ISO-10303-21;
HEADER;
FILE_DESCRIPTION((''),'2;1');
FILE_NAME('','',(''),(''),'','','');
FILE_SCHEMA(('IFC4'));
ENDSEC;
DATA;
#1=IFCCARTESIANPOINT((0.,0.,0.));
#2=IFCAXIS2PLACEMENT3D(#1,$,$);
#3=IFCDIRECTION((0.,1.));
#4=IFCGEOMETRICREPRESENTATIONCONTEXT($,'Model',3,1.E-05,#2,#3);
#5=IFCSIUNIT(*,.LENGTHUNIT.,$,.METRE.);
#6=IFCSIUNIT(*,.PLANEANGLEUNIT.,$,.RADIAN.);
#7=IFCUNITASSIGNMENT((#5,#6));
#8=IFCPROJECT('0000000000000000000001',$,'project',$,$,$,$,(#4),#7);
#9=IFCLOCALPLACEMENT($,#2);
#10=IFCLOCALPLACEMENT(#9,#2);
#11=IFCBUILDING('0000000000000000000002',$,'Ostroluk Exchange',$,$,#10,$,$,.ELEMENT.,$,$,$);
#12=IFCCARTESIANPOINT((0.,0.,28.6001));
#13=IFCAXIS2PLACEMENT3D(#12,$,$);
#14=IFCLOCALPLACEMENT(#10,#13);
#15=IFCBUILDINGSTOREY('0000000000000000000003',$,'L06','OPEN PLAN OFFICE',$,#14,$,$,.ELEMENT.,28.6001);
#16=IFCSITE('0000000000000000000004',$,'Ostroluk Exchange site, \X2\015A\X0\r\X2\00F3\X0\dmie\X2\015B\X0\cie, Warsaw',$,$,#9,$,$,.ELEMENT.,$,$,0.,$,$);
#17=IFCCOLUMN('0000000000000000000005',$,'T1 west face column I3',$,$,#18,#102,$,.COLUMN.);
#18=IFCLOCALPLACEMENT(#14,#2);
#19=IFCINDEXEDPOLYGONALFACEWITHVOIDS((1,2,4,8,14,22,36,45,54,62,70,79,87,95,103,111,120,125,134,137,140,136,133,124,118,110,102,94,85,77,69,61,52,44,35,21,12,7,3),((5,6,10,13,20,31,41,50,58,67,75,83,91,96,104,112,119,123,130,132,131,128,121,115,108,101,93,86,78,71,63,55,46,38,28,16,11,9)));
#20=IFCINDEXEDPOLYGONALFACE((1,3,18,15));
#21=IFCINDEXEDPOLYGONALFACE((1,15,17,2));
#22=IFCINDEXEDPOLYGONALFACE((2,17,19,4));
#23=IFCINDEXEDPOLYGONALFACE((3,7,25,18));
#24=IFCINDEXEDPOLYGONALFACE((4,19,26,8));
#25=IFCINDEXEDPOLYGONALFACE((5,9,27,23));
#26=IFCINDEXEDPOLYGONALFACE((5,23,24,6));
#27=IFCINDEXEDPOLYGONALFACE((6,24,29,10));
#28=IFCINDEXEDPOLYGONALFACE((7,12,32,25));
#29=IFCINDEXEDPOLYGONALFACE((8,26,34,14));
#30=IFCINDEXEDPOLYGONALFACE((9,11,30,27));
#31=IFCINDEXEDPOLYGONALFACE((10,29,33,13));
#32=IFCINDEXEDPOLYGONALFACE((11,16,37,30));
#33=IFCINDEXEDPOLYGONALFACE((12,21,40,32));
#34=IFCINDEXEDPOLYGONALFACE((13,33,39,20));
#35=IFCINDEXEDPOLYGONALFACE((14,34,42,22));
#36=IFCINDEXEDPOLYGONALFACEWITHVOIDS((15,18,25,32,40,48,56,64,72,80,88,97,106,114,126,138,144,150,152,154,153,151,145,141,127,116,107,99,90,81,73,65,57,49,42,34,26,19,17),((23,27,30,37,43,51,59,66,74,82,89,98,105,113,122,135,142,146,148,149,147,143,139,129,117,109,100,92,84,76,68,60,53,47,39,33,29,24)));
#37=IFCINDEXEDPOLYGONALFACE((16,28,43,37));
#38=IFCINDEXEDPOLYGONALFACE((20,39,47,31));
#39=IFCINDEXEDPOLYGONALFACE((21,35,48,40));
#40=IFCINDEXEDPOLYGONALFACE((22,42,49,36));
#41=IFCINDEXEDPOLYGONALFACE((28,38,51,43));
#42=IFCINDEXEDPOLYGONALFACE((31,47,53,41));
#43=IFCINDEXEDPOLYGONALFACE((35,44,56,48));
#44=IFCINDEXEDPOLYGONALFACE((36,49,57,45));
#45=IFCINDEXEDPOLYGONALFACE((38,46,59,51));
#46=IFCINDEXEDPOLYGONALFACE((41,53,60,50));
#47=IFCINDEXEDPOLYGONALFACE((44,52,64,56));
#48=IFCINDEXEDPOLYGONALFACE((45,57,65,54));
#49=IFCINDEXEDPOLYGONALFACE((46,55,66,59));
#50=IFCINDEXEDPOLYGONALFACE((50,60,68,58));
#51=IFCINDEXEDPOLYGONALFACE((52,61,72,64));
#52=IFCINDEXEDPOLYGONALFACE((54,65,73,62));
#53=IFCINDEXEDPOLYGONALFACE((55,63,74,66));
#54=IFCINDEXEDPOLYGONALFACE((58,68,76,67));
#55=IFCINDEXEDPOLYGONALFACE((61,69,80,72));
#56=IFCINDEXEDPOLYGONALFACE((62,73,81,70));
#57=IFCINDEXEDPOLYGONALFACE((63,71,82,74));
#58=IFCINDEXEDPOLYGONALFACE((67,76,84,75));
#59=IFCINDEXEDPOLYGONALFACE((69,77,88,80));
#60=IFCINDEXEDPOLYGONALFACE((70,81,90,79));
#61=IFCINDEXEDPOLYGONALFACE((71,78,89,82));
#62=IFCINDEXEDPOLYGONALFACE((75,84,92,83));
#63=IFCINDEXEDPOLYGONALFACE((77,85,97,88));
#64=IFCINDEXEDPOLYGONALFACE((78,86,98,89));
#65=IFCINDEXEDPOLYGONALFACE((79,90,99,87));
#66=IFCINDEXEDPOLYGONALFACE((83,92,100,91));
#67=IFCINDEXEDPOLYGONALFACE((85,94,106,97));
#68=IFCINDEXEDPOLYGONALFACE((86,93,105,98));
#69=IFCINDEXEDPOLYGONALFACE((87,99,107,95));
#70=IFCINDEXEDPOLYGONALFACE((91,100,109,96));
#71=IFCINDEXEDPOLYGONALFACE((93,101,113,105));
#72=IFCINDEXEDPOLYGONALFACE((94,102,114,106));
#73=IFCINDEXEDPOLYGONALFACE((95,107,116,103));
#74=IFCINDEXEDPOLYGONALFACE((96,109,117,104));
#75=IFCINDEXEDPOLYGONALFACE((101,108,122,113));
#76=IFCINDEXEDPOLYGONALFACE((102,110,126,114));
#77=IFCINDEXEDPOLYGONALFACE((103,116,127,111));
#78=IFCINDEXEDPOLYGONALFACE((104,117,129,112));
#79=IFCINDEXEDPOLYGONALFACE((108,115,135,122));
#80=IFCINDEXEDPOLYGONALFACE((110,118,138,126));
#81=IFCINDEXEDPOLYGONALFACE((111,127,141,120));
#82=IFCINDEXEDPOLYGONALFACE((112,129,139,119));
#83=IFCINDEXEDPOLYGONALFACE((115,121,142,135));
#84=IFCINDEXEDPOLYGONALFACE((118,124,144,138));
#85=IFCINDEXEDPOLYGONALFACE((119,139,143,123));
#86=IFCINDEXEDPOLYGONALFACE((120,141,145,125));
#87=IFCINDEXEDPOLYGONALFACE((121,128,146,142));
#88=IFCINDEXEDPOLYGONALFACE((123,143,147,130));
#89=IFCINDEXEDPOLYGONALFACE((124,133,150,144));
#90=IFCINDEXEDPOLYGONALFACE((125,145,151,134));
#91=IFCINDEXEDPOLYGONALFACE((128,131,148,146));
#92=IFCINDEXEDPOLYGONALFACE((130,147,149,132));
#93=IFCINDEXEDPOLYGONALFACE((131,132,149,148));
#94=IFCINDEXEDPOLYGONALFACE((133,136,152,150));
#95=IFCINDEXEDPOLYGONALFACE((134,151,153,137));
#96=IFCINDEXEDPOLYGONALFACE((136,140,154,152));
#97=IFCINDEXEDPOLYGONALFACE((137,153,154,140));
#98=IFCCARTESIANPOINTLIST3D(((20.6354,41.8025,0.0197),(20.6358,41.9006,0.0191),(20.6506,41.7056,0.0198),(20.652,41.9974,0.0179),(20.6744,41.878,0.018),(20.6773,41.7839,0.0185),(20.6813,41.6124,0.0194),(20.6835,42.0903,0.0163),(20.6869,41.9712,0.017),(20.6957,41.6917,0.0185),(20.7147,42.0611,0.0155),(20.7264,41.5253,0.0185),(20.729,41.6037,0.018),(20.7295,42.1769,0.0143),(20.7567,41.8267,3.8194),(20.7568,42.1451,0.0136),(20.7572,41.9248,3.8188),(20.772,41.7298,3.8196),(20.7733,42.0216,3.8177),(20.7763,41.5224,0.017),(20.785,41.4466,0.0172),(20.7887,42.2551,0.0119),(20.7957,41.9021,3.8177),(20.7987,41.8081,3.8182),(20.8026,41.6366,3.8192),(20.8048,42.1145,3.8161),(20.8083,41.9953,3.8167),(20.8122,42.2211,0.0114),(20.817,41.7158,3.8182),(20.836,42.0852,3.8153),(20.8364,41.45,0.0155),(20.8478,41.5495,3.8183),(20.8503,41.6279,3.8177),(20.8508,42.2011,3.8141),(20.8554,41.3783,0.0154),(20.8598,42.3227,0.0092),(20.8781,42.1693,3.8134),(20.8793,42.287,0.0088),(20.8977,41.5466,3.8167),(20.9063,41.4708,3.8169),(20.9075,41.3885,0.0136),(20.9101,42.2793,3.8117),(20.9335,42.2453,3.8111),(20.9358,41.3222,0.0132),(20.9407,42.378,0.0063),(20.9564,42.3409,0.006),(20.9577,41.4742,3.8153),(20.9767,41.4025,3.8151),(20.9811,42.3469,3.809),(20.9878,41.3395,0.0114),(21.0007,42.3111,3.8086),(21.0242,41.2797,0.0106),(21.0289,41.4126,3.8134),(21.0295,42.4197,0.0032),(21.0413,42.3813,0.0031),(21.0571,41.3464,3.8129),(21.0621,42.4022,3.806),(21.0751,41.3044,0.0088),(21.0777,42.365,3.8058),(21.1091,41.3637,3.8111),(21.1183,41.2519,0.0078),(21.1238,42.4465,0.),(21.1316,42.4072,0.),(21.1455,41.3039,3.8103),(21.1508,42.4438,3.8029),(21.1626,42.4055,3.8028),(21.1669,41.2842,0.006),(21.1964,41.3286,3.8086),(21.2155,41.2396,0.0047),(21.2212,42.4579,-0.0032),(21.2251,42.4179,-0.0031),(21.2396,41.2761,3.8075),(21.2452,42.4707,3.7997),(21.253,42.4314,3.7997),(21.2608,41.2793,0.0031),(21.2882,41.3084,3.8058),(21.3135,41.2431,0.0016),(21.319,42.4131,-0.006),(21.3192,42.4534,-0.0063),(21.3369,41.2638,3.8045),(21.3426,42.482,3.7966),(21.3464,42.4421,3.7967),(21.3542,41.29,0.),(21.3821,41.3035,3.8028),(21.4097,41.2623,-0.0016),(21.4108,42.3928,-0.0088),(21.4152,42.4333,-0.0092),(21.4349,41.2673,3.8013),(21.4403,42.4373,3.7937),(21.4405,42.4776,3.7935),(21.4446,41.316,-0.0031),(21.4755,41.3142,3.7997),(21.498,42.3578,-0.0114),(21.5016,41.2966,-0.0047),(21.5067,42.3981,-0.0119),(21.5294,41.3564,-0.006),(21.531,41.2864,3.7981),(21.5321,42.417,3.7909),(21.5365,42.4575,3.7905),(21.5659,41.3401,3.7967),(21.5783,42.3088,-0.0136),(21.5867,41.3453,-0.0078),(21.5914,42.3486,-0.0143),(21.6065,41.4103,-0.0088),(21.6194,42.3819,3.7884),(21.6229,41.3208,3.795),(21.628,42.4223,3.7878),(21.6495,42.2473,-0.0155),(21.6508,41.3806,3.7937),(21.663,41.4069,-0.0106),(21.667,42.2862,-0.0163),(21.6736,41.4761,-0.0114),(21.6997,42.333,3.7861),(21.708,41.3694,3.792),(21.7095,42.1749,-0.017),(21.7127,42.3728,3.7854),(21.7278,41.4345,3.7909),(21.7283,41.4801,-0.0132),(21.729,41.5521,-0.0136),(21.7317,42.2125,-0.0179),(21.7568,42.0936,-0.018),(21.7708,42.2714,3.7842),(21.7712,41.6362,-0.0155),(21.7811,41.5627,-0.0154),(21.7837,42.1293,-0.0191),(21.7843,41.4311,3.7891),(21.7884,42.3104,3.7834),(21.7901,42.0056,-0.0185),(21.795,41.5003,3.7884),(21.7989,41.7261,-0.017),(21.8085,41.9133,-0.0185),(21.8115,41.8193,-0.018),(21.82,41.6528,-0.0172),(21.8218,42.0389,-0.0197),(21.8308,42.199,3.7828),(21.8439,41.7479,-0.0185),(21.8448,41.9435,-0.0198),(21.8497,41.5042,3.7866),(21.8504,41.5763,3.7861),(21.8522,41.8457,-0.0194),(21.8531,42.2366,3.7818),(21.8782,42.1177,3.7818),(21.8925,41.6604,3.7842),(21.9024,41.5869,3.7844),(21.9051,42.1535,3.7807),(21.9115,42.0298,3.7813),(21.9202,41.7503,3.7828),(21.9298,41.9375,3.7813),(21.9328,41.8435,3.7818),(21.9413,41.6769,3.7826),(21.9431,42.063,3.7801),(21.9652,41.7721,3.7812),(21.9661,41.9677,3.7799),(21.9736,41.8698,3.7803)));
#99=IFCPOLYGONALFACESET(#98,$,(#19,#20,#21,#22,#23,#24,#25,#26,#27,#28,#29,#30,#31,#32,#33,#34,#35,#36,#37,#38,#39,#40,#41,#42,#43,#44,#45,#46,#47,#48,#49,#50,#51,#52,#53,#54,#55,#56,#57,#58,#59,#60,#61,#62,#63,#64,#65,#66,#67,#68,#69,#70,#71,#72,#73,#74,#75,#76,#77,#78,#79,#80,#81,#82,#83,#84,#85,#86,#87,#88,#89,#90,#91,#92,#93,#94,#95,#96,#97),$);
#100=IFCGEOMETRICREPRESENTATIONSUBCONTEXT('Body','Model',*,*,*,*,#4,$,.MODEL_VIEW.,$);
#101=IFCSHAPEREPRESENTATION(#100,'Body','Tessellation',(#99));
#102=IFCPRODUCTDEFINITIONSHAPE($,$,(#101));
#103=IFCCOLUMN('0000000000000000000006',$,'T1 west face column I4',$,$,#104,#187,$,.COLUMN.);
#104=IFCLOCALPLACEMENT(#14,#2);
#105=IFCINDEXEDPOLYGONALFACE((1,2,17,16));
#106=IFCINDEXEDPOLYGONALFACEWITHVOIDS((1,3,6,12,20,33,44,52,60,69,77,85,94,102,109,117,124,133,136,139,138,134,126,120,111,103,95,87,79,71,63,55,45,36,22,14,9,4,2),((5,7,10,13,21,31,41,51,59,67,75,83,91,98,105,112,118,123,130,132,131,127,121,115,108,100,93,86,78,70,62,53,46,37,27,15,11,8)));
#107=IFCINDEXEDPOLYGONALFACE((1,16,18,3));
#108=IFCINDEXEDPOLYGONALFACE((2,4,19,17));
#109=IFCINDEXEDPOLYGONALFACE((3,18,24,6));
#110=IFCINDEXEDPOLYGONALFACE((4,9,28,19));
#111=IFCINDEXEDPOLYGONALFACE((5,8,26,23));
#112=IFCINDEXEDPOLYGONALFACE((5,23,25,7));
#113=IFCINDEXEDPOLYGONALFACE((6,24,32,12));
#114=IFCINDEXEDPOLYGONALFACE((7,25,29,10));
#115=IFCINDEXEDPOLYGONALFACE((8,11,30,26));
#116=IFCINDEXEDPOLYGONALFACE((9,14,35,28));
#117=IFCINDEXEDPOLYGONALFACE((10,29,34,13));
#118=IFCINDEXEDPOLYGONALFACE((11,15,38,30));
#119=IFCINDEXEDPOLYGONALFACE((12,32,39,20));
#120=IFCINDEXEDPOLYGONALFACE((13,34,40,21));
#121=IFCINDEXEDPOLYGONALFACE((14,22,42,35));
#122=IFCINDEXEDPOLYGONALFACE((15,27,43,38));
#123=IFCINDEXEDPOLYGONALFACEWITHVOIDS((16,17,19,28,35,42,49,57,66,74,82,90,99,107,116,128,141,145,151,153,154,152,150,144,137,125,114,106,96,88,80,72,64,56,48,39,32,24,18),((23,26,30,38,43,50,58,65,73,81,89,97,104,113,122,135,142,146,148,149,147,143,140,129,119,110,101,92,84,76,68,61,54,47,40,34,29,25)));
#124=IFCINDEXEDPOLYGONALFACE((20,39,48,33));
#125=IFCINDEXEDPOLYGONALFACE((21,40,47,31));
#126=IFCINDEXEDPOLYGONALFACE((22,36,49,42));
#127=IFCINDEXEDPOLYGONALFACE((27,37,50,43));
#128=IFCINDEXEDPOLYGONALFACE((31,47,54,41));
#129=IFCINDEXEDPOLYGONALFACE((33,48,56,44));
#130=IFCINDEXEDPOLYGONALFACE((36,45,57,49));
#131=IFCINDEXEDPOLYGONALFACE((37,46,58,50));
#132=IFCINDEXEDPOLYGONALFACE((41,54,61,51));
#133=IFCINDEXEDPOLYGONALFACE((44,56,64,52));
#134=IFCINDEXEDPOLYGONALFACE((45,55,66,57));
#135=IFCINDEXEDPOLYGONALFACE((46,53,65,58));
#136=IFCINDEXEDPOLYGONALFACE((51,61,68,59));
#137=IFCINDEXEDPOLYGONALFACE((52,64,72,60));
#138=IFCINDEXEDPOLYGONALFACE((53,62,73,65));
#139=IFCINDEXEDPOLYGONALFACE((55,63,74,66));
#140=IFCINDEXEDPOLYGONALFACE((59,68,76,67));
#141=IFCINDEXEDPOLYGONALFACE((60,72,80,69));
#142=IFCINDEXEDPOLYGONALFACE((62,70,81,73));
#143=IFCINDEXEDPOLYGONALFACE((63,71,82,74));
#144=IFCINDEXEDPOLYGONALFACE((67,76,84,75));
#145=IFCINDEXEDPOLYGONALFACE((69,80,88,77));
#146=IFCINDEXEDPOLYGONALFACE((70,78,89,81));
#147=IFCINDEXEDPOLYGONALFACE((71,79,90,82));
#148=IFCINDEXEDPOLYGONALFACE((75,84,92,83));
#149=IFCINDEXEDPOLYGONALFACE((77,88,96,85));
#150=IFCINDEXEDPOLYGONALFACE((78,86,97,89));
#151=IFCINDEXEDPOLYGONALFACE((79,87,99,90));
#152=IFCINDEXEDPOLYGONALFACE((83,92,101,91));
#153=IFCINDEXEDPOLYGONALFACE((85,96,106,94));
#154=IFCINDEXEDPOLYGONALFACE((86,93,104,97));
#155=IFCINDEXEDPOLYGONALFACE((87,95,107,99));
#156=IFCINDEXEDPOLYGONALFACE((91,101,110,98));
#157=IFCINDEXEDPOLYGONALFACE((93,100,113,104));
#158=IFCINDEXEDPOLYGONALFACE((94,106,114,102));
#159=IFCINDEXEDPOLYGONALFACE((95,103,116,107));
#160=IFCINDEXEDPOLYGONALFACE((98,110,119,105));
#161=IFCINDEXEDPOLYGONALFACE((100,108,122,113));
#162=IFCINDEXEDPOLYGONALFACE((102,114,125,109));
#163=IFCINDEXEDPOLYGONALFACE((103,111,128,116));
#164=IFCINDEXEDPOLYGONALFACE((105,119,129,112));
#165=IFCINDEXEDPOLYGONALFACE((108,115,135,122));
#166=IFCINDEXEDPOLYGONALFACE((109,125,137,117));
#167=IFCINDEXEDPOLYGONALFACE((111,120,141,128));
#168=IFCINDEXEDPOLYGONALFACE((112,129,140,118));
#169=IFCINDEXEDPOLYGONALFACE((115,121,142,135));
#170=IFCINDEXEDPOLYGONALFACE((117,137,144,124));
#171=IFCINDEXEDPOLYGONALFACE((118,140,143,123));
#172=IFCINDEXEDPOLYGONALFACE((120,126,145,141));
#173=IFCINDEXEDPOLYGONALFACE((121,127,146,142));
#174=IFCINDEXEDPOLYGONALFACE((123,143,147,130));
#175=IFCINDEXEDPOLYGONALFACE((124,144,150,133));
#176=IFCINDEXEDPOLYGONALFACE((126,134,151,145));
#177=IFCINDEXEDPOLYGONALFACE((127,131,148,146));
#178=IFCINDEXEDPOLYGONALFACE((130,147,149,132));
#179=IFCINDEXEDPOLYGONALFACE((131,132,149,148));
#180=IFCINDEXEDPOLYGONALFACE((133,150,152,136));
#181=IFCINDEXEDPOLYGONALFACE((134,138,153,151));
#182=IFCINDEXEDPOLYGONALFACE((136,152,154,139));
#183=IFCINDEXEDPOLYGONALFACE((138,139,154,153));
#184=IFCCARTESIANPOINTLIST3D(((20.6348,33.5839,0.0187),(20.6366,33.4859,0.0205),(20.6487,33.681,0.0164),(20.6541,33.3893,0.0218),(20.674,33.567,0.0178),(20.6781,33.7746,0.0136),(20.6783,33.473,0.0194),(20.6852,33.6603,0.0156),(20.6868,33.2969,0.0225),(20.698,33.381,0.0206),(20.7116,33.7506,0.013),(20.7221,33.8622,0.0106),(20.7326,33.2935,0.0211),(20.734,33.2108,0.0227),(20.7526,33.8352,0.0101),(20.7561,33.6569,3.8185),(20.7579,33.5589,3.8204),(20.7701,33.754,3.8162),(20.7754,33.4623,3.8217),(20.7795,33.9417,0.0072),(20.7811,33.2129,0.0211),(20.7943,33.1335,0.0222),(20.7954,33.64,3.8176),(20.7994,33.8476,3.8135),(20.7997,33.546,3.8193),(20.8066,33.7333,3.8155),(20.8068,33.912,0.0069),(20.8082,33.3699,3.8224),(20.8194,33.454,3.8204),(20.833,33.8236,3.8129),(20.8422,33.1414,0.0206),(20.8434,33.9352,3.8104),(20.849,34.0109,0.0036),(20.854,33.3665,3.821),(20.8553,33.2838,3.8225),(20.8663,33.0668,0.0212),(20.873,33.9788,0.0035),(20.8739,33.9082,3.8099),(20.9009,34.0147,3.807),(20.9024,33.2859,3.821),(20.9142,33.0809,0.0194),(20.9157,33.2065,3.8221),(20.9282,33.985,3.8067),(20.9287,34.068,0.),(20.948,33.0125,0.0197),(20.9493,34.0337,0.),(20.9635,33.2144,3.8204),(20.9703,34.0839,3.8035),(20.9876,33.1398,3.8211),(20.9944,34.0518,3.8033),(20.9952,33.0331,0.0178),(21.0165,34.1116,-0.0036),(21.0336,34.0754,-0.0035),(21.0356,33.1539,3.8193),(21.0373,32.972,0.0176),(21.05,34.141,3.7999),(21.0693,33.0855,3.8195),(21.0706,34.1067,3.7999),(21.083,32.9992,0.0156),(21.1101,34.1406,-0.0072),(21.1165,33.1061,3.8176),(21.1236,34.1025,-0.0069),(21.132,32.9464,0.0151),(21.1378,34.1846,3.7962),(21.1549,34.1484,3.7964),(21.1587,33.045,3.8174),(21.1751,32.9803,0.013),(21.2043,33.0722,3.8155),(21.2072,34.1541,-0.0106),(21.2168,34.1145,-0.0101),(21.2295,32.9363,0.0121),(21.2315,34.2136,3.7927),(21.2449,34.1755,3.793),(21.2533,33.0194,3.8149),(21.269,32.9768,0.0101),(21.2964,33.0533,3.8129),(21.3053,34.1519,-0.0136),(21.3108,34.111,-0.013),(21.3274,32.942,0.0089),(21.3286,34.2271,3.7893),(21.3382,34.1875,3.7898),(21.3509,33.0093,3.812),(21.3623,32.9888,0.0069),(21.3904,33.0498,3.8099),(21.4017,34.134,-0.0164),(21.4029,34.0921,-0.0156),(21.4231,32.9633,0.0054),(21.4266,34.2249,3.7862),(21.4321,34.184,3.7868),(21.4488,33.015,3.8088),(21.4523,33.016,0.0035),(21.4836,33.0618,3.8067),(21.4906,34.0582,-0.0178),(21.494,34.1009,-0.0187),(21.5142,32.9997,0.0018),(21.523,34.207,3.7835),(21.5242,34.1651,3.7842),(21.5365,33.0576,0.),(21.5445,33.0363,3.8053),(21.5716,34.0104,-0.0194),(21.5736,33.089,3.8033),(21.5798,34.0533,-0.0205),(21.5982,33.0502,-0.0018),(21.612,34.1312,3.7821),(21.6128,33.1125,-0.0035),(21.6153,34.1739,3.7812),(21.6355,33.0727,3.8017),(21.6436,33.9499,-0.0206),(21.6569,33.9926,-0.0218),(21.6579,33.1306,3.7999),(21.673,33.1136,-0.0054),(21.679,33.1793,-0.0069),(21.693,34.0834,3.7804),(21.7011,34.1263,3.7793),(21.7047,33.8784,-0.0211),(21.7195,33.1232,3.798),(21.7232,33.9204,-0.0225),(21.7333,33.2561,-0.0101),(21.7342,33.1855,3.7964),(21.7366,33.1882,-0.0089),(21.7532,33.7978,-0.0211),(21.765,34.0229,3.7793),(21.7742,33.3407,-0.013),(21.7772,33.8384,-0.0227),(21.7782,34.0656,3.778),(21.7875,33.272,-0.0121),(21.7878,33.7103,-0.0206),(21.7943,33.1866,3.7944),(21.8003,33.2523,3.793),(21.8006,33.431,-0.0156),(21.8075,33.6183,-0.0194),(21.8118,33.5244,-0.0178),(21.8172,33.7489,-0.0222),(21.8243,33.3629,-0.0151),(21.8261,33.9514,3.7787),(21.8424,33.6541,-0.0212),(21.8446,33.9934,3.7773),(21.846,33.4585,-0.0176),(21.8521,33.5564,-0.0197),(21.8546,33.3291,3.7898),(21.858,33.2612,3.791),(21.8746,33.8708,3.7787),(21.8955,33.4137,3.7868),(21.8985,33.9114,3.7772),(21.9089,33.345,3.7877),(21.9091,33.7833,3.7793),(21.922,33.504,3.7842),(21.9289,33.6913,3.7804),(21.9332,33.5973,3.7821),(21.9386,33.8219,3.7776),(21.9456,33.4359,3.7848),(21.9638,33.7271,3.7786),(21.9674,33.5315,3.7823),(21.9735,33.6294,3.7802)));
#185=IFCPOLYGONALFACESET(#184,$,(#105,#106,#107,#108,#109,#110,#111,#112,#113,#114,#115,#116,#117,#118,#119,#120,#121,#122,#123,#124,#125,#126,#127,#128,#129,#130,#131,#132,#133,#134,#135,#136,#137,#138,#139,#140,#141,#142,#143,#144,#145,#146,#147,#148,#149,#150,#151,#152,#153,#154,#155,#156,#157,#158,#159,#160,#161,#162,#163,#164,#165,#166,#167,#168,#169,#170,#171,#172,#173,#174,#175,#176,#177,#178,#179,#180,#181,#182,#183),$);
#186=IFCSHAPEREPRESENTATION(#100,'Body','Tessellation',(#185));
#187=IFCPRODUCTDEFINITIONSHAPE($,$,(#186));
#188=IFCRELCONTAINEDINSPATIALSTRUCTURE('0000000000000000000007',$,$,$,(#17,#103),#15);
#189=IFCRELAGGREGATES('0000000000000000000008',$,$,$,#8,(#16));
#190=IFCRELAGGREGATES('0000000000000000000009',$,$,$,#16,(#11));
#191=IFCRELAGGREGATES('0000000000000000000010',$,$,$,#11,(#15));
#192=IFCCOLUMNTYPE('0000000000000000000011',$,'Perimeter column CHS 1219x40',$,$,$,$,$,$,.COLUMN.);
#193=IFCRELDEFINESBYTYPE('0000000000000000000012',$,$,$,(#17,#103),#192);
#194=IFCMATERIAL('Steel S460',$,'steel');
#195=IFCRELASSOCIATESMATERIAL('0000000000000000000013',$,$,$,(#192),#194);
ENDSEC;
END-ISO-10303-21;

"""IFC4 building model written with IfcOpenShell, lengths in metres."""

from ifc_helpers import new_model, si_unit, direction, frame, origin, origin_2d, place, context, subcontext, project, spatial, hollow_circle, extrude, material, material_profile, profile_set, type_object, element, save


model = new_model("IFC4")

# Units and contexts
model_context = context("Model", 3, precision=1e-05, world=origin(), true_north=direction((0.0, 1.0)))
body_context = subcontext(model_context, "Body", "Model", "MODEL_VIEW")
ifc_project = project(units=[si_unit("LENGTHUNIT", "METRE"), si_unit("PLANEANGLEUNIT", "RADIAN")], contexts=[model_context])

# Site, building, storey
site_placement = place(None, origin())
site = spatial("IfcSite", under=ifc_project, at=site_placement, Name="Ostroluk Exchange site, Śródmieście, Warsaw", CompositionType="ELEMENT", RefElevation=0.0)
building_placement = place(site_placement, origin())
building = spatial("IfcBuilding", under=site, at=building_placement, Name="Ostroluk Exchange", CompositionType="ELEMENT")
storey_placement = place(building_placement, frame((0.0, 0.0, 28.6001)))
storey = spatial("IfcBuildingStorey", under=building, at=storey_placement, Name="L06", Description="OPEN PLAN OFFICE", CompositionType="ELEMENT", Elevation=28.6001)

# Columns
ifc_material_1 = material(Name="Steel S460", Category="steel")
ifc_material_profile_1 = material_profile(ifc_material_1, hollow_circle(Radius=0.6096, WallThickness=0.04, at=origin_2d()), Name="CHS 1219x40")
ifc_profile_set_1 = profile_set([ifc_material_profile_1], Name="Steel S460")
column_type = type_object("IfcColumnType", Name="Perimeter column CHS 1219x40", PredefinedType="COLUMN", material=ifc_profile_set_1)
column_1_placement = place(storey_placement, frame((21.2429, 41.8486, 0.0), z_axis=(0.031916, 0.006357, 0.99947), x_axis=(-0.195357, 0.980732, 0.0)))
element("IfcColumn", 1, at=column_1_placement, inside=storey, type_object=column_type, Name="T1 west face column I3", PredefinedType="COLUMN", context=body_context, shape_type="SweptSolid", body=[
    extrude(hollow_circle(Radius=0.6096, WallThickness=0.04, at=origin_2d()), origin(), (0.0, 0.0, 1.0), 3.8018),
])
column_2_placement = place(storey_placement, frame((21.2429, 33.5457, 0.0), z_axis=(0.031911, 0.019198, 0.999306), x_axis=(-0.51551, 0.856884, 0.0)))
element("IfcColumn", 2, at=column_2_placement, inside=storey, type_object=column_type, Name="T1 west face column I4", PredefinedType="COLUMN", context=body_context, shape_type="SweptSolid", body=[
    extrude(hollow_circle(Radius=0.6096, WallThickness=0.04, at=origin_2d()), origin(), (0.0, 0.0, 1.0), 3.8025),
])

save(model, "model.ifc")
